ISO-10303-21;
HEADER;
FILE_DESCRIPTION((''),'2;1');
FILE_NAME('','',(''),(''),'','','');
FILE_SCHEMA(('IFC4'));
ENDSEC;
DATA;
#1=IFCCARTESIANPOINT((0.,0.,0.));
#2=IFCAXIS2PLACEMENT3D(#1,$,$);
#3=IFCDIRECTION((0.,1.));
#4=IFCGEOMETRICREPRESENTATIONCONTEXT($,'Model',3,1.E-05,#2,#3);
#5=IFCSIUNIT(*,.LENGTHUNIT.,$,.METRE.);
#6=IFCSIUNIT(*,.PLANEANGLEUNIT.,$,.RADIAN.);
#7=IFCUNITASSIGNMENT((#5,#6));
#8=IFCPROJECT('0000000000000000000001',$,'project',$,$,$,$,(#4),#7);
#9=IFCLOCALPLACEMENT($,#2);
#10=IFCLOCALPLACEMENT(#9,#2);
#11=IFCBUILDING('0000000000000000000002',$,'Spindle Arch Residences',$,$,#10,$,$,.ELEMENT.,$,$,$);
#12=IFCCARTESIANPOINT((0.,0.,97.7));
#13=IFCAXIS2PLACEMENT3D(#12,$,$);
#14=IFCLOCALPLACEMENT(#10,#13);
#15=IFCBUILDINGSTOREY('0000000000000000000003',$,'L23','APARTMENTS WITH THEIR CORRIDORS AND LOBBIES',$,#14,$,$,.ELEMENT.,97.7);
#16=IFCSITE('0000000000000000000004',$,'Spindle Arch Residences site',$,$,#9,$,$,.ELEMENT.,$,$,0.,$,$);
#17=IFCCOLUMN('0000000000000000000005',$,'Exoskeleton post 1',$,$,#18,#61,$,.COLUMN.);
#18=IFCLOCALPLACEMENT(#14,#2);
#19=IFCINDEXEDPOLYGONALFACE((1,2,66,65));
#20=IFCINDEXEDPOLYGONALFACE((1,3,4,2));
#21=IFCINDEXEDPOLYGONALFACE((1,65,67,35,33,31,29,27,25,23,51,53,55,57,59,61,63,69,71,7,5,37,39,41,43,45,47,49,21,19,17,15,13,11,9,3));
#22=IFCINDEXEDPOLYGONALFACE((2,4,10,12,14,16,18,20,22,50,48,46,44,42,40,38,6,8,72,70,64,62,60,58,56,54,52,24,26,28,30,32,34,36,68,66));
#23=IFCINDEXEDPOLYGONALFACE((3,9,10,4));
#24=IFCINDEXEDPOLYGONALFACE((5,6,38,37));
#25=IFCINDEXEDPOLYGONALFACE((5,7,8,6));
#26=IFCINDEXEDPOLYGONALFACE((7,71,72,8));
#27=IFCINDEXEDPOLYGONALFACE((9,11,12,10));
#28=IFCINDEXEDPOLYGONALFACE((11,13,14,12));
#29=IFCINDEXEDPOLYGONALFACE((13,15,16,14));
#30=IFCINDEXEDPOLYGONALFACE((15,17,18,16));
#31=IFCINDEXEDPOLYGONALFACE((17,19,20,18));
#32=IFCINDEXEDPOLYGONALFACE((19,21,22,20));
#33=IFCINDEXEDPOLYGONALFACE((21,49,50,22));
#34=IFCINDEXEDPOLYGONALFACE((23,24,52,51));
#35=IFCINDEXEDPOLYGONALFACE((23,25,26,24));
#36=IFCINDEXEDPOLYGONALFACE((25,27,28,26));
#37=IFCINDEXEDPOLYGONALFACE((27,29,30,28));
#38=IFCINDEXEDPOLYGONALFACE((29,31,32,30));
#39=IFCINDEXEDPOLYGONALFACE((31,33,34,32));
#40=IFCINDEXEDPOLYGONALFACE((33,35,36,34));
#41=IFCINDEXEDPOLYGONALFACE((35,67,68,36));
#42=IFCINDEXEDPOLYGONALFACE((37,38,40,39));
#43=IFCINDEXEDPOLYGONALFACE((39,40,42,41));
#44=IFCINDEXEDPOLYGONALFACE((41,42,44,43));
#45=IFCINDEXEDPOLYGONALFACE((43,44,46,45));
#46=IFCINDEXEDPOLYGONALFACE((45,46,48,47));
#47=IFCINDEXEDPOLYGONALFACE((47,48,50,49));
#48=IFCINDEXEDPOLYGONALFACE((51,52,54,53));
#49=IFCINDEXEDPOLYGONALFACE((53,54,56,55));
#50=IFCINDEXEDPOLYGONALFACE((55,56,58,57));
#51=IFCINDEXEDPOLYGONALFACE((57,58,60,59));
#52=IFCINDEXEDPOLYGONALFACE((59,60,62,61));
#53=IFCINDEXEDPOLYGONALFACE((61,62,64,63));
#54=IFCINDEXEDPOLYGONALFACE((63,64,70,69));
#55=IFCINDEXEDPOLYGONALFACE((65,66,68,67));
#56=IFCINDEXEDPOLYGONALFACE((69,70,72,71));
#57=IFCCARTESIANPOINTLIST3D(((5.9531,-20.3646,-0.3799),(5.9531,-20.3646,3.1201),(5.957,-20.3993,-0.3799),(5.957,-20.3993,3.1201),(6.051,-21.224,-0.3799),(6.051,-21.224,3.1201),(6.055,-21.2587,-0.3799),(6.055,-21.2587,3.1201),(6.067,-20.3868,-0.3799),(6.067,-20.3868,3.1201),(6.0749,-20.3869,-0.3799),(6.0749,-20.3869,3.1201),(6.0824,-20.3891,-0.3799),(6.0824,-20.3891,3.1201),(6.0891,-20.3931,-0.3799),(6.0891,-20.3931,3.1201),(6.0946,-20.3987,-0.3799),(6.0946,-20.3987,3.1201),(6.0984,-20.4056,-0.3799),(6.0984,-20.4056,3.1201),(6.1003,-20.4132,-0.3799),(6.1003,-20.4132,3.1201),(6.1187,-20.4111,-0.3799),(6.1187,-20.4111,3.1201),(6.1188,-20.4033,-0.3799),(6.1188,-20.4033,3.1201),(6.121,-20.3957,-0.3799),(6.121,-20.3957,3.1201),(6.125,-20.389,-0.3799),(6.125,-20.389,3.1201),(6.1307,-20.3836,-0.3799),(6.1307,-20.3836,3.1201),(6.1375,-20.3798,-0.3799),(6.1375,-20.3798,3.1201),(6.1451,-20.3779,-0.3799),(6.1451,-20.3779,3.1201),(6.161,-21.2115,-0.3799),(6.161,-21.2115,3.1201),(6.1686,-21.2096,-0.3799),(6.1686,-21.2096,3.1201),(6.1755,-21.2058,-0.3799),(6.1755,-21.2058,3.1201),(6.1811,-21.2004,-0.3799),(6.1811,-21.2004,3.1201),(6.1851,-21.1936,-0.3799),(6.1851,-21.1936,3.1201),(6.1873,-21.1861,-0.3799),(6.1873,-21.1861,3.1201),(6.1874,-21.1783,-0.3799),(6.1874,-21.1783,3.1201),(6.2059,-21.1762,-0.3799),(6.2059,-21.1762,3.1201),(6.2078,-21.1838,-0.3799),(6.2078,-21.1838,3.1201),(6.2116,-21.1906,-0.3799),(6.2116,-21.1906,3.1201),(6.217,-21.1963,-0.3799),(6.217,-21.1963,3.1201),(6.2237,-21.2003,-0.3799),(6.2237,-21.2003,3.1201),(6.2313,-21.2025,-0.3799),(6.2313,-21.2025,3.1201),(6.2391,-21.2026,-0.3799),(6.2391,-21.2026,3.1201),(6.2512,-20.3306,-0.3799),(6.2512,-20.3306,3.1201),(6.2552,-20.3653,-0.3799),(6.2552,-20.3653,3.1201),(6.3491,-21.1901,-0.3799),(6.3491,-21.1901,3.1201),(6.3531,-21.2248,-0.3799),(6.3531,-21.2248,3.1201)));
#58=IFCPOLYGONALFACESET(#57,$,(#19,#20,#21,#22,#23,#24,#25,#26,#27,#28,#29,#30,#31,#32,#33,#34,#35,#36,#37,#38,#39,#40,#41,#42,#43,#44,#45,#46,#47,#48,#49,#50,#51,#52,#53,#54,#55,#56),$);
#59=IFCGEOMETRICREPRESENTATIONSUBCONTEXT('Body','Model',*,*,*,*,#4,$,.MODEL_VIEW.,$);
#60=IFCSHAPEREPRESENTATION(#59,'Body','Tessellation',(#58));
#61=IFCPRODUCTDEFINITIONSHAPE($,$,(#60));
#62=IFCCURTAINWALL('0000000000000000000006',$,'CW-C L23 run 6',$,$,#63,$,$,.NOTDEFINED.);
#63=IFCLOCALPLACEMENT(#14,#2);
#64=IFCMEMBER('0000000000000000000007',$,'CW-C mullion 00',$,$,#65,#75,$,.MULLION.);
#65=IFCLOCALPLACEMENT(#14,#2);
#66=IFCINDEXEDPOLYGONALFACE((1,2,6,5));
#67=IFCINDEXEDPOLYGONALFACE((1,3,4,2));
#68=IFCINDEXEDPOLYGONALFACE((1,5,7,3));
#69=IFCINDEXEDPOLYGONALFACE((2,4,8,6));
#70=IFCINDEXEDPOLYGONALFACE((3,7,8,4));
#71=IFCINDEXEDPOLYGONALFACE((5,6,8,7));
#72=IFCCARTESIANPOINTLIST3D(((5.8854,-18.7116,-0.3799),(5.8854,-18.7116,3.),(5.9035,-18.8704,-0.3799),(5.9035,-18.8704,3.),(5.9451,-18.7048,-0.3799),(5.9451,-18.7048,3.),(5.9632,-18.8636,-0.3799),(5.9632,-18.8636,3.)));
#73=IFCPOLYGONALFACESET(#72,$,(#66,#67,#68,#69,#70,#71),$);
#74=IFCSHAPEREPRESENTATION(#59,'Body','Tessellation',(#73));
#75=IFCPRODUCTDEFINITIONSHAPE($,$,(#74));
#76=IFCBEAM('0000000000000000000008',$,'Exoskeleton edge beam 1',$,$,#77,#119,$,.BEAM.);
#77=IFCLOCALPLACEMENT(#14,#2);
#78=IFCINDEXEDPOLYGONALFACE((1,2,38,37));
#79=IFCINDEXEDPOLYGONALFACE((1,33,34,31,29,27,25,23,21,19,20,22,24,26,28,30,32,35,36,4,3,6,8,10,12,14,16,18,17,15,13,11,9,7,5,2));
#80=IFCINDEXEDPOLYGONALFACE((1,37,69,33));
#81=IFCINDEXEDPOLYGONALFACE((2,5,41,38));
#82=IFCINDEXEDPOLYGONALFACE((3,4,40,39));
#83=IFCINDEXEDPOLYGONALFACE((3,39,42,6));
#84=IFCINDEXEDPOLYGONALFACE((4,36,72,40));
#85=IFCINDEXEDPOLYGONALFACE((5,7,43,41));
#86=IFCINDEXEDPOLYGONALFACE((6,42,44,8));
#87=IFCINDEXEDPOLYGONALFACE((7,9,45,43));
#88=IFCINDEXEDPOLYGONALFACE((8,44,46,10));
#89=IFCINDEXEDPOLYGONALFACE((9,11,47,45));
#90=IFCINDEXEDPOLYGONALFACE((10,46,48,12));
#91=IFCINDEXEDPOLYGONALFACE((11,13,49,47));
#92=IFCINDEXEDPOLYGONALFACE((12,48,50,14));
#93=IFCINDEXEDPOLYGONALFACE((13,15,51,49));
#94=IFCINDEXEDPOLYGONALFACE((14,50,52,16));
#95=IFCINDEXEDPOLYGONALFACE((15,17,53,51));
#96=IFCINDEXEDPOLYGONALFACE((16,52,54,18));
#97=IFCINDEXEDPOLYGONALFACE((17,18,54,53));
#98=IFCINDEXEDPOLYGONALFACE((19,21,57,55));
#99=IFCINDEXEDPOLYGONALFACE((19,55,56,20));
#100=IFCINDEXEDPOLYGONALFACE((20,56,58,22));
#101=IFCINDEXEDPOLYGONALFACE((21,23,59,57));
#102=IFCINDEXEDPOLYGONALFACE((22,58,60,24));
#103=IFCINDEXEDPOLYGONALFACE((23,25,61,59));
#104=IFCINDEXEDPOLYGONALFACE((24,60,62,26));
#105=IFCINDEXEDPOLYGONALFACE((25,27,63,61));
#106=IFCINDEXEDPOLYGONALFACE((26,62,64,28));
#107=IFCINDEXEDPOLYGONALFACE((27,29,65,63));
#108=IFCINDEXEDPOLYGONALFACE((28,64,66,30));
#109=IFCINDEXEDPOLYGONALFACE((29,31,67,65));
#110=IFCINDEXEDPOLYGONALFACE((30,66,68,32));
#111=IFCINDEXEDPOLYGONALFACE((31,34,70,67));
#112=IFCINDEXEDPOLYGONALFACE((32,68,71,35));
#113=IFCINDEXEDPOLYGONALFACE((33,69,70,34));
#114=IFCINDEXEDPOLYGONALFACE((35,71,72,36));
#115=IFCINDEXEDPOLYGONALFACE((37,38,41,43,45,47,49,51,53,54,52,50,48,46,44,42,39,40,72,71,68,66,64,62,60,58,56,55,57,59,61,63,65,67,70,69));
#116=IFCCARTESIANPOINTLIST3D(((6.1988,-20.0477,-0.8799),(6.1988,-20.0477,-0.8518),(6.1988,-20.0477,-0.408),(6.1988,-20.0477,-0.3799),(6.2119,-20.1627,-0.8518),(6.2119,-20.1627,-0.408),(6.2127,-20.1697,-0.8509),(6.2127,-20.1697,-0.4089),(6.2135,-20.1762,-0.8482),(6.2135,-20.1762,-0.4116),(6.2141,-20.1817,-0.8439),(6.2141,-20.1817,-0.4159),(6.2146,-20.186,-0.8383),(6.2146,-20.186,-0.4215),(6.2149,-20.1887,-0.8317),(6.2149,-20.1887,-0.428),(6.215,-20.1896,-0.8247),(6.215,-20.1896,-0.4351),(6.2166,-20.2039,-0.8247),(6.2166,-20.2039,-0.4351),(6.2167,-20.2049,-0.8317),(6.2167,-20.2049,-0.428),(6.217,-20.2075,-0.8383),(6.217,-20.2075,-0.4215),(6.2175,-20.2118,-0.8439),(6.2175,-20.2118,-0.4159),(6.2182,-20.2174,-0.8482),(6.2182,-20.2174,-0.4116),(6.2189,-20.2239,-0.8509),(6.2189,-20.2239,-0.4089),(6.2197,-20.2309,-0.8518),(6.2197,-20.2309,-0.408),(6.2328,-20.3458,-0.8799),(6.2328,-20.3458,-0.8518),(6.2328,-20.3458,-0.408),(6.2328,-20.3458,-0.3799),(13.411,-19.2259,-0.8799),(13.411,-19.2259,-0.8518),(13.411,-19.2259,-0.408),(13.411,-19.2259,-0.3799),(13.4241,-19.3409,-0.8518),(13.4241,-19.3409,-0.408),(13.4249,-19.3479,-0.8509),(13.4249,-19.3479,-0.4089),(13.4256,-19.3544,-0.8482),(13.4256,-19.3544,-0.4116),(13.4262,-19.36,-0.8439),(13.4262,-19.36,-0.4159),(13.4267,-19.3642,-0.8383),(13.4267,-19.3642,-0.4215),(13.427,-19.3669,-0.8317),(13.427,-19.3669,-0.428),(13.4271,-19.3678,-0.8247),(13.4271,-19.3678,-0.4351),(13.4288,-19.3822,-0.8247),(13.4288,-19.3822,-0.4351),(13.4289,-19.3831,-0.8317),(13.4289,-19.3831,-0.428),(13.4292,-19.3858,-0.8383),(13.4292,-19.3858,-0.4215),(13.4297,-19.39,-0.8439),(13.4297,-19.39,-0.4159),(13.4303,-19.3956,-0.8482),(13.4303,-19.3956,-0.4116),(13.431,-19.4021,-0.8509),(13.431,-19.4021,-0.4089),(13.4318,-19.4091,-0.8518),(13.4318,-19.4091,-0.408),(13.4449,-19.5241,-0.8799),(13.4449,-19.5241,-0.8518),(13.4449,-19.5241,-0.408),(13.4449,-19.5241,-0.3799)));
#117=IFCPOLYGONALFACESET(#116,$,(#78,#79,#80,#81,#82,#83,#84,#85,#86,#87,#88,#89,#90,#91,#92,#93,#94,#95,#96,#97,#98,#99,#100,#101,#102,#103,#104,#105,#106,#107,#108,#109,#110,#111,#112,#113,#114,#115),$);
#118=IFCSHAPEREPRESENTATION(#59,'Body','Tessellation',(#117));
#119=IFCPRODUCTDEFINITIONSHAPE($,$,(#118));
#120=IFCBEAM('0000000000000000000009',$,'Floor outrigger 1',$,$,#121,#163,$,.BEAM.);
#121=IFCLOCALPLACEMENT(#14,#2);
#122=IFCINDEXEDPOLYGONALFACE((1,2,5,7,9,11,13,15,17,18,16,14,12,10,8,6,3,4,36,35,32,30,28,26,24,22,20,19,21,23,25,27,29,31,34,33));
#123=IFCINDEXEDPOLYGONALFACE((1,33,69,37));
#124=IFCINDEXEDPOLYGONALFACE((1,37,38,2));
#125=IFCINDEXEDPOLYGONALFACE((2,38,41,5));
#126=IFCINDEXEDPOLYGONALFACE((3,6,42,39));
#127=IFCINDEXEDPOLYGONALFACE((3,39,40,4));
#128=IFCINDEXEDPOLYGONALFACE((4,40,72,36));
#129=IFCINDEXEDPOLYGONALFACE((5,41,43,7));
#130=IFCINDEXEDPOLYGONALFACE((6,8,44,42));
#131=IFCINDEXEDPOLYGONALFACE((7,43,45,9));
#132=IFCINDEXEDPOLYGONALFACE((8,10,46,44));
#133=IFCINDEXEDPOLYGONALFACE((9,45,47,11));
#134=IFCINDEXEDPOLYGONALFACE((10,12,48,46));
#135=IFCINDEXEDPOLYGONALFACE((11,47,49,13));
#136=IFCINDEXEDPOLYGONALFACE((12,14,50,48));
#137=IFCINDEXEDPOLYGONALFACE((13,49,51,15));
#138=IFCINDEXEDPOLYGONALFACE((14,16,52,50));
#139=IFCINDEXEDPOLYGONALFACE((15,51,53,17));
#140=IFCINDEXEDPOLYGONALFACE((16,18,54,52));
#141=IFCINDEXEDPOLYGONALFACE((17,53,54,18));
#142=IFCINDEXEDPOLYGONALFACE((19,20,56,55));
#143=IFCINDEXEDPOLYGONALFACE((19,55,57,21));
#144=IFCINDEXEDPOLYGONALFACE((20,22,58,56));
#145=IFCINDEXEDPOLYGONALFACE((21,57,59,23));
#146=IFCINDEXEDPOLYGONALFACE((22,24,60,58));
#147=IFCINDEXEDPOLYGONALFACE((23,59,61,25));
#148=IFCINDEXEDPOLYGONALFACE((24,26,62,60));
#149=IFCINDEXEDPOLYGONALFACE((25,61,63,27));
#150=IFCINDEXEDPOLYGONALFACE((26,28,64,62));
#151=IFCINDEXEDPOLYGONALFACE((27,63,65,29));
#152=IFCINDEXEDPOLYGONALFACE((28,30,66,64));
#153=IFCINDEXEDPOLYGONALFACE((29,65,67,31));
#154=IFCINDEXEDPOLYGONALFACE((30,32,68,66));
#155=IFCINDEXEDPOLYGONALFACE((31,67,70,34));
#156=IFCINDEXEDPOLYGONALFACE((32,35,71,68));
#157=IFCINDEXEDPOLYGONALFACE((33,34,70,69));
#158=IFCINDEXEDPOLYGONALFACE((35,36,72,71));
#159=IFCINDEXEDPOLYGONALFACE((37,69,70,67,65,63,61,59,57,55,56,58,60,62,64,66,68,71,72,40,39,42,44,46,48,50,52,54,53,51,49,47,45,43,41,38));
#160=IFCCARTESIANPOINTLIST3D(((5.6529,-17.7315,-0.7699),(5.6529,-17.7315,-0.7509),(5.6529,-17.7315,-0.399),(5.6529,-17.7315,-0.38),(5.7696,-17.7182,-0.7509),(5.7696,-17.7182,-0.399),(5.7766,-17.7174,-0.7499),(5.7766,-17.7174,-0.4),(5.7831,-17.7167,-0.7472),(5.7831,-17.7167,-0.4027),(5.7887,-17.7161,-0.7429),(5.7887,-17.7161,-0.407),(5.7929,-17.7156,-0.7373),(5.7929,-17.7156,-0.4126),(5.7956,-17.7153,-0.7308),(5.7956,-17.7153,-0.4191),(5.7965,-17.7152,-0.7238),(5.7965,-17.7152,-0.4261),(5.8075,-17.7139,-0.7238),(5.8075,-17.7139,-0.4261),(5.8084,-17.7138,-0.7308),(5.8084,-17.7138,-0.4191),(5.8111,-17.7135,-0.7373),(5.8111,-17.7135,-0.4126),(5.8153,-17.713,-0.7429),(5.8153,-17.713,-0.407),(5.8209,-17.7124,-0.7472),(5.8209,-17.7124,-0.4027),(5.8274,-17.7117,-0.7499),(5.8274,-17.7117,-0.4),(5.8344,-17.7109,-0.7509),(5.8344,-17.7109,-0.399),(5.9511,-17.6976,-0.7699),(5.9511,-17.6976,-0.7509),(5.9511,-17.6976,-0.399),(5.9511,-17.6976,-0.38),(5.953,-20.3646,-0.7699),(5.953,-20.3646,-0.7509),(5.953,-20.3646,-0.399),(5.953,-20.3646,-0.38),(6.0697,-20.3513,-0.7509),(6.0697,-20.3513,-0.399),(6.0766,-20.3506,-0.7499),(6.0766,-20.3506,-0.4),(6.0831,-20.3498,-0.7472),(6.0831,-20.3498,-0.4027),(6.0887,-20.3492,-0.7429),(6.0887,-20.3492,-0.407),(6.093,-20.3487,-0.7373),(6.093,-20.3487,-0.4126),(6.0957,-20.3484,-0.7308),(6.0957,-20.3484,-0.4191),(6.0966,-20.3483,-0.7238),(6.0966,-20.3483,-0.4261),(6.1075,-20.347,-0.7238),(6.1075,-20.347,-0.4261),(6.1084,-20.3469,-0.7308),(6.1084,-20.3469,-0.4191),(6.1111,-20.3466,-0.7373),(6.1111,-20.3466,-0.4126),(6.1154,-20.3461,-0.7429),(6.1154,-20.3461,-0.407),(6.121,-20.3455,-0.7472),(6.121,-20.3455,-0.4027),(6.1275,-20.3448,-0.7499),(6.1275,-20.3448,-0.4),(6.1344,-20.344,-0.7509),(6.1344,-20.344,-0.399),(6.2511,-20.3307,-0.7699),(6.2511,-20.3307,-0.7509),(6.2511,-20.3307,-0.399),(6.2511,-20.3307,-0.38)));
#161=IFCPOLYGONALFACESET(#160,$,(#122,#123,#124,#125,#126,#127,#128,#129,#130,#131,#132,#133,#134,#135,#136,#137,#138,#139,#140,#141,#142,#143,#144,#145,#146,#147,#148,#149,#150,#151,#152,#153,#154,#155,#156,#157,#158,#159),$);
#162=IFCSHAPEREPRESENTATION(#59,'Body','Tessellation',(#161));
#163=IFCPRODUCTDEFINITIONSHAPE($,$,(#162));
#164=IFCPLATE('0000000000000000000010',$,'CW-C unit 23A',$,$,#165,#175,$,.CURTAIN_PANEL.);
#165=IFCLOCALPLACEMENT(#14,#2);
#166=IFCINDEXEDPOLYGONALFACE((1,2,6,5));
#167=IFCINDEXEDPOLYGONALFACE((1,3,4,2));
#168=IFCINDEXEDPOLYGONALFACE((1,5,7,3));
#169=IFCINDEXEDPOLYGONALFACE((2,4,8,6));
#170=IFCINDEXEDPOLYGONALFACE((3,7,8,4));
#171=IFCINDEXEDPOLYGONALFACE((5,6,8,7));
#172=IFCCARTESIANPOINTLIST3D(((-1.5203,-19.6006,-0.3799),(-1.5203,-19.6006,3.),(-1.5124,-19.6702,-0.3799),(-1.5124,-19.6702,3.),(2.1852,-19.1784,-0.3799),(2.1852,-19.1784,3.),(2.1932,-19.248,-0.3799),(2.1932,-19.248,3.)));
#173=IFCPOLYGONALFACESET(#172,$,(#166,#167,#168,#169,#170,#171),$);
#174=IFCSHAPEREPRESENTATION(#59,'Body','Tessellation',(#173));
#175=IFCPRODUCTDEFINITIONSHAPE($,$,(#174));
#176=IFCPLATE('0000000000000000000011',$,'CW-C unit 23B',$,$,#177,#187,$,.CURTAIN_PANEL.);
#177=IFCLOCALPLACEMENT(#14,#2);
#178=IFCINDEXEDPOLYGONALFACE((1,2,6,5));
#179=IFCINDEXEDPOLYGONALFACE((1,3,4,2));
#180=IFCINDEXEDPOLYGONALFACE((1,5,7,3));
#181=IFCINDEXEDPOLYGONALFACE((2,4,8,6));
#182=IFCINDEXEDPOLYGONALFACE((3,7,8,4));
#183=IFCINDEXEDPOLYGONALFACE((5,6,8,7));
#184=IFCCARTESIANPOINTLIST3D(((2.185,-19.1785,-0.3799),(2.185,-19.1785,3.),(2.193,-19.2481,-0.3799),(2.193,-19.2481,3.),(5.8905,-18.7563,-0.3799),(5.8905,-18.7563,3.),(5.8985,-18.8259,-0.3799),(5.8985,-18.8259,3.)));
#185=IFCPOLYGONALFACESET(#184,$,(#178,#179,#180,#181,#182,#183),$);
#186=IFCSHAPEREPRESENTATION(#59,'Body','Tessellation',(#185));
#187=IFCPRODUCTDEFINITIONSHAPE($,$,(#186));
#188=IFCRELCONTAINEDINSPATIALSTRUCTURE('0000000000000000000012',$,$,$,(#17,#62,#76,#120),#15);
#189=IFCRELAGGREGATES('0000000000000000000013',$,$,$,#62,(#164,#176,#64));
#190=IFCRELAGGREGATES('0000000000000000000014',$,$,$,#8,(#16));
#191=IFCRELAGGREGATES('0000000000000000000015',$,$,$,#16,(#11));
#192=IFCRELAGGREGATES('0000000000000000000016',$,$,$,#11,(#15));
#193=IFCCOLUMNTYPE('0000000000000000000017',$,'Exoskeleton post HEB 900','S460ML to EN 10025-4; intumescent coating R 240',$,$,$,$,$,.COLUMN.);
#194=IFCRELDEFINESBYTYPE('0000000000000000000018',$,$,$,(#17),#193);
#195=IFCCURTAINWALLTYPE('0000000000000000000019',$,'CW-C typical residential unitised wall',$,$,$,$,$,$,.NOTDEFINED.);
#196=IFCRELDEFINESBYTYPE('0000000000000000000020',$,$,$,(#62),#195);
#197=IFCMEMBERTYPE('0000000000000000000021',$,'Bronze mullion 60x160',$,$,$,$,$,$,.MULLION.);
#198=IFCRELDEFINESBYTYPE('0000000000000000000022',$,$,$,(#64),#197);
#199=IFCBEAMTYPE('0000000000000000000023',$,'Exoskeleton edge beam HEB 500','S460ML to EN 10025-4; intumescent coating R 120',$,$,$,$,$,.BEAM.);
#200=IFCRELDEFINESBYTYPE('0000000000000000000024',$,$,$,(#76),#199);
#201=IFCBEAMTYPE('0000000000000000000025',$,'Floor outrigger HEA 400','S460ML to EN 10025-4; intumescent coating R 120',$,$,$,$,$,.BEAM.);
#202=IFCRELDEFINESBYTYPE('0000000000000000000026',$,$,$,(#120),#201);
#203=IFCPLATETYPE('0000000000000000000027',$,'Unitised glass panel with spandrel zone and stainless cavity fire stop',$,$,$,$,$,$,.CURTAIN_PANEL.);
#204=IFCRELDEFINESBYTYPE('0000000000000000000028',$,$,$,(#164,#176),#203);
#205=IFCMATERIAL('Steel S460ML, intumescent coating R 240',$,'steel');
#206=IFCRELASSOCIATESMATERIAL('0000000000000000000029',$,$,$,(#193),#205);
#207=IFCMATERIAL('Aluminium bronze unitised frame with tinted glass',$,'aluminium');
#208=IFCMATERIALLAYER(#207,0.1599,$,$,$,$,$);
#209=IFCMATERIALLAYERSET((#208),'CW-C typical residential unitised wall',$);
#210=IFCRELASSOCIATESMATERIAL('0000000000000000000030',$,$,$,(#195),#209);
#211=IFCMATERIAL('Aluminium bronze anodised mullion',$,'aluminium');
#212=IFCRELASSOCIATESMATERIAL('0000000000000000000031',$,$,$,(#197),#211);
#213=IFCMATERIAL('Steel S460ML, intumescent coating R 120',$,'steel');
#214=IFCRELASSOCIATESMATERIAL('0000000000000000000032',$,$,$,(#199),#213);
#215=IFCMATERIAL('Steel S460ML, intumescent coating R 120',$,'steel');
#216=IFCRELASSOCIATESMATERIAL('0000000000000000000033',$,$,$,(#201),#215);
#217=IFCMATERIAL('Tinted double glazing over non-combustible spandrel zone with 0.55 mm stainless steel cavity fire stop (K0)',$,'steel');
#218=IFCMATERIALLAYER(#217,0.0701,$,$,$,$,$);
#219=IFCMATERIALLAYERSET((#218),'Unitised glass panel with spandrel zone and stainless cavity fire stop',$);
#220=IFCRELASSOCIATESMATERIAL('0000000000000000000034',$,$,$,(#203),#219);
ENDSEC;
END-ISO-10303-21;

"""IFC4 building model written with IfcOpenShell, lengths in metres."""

from ifc_helpers import new_model, si_unit, direction, frame, origin, origin_2d, place, context, subcontext, project, spatial, rectangle, i_section, extrude, material, layer, layer_set, material_profile, profile_set, type_object, element, aggregate, save


model = new_model("IFC4")

# Units and contexts
model_context = context("Model", 3, precision=1e-05, world=origin(), true_north=direction((0.0, 1.0)))
body_context = subcontext(model_context, "Body", "Model", "MODEL_VIEW")
ifc_project = project(units=[si_unit("LENGTHUNIT", "METRE"), si_unit("PLANEANGLEUNIT", "RADIAN")], contexts=[model_context])

# Site, building, storey
site_placement = place(None, origin())
site = spatial("IfcSite", under=ifc_project, at=site_placement, Name="Spindle Arch Residences site", CompositionType="ELEMENT", RefElevation=0.0)
building_placement = place(site_placement, origin())
building = spatial("IfcBuilding", under=site, at=building_placement, Name="Spindle Arch Residences", CompositionType="ELEMENT")
storey_placement = place(building_placement, frame((0.0, 0.0, 97.7)))
storey = spatial("IfcBuildingStorey", under=building, at=storey_placement, Name="L23", Description="APARTMENTS WITH THEIR CORRIDORS AND LOBBIES", CompositionType="ELEMENT", Elevation=97.7)

# Column
ifc_material_1 = material(Name="Steel S460ML, intumescent coating R 240", Category="steel")
ifc_material_profile_1 = material_profile(ifc_material_1, i_section(OverallWidth=0.3, OverallDepth=0.8999, WebThickness=0.0186, FlangeThickness=0.0349, FilletRadius=0.03, at=origin_2d()), Name="HEB 900")
ifc_profile_set_1 = profile_set([ifc_material_profile_1], Name="Steel S460ML, intumescent coating R 240")
column_type = type_object("IfcColumnType", Name="Exoskeleton post HEB 900", Description="S460ML to EN 10025-4; intumescent coating R 240", PredefinedType="COLUMN", material=ifc_profile_set_1)
column_placement = place(storey_placement, frame((6.1531, -20.7947, -0.3799), z_axis=(0.0, 0.0, 1.0), x_axis=(-0.993572, -0.113203, 0.0)))
element("IfcColumn", 1, at=column_placement, inside=storey, type_object=column_type, Name="Exoskeleton post 1", PredefinedType="COLUMN", context=body_context, shape_type="SweptSolid", body=[
    extrude(i_section(OverallWidth=0.3, OverallDepth=0.8999, WebThickness=0.0186, FlangeThickness=0.0349, FilletRadius=0.03, at=origin_2d()), origin(), (0.0, 0.0, 1.0), 3.5),
])

# Curtain wall, member
ifc_material_2 = material(Name="Aluminium bronze unitised frame with tinted glass", Category="aluminium")
ifc_layer_1 = layer(ifc_material_2, 0.1599)
ifc_layer_set_1 = layer_set([ifc_layer_1], Name="CW-C typical residential unitised wall")
curtain_wall_type = type_object("IfcCurtainWallType", Name="CW-C typical residential unitised wall", PredefinedType="NOTDEFINED", material=ifc_layer_set_1)
curtain_wall_placement = place(storey_placement, origin())
curtain_wall = element("IfcCurtainWall", 2, at=curtain_wall_placement, inside=storey, type_object=curtain_wall_type, Name="CW-C L23 run 6", PredefinedType="NOTDEFINED")
ifc_material_3 = material(Name="Aluminium bronze anodised mullion", Category="aluminium")
ifc_material_profile_2 = material_profile(ifc_material_3, rectangle(XDim=0.1599, YDim=0.0601, at=origin_2d()), Name="MU 60x160")
ifc_profile_set_2 = profile_set([ifc_material_profile_2], Name="Aluminium bronze anodised mullion")
member_type = type_object("IfcMemberType", Name="Bronze mullion 60x160", PredefinedType="MULLION", material=ifc_profile_set_2)
member_placement = place(storey_placement, frame((5.9243, -18.7876, -0.3799), z_axis=(0.0, 0.0, 1.0), x_axis=(-0.113203, 0.993572, 0.0)))
member = element("IfcMember", 3, at=member_placement, type_object=member_type, Name="CW-C mullion 00", PredefinedType="MULLION", context=body_context, shape_type="SweptSolid", body=[
    extrude(rectangle(XDim=0.1599, YDim=0.0601, at=origin_2d()), origin(), (0.0, 0.0, 1.0), 3.3799),
])

# Beams
ifc_material_4 = material(Name="Steel S460ML, intumescent coating R 120", Category="steel")
ifc_material_profile_3 = material_profile(ifc_material_4, i_section(OverallWidth=0.3, OverallDepth=0.5, WebThickness=0.0144, FlangeThickness=0.0281, FilletRadius=0.0271, at=origin_2d()), Name="HEB 500")
ifc_profile_set_3 = profile_set([ifc_material_profile_3], Name="Steel S460ML, intumescent coating R 120")
beam_type_1 = type_object("IfcBeamType", Name="Exoskeleton edge beam HEB 500", Description="S460ML to EN 10025-4; intumescent coating R 120", PredefinedType="BEAM", material=ifc_profile_set_3)
beam_1_placement = place(storey_placement, frame((6.2158, -20.1968, -0.6299), z_axis=(0.993571, 0.113211, 0.0), x_axis=(-0.113211, 0.993571, 0.0)))
element("IfcBeam", 4, at=beam_1_placement, inside=storey, type_object=beam_type_1, Name="Exoskeleton edge beam 1", PredefinedType="BEAM", context=body_context, shape_type="SweptSolid", body=[
    extrude(i_section(OverallWidth=0.3, OverallDepth=0.5, WebThickness=0.0144, FlangeThickness=0.0281, FilletRadius=0.0271, at=origin_2d()), origin(), (0.0, 0.0, 1.0), 7.2588),
])
ifc_material_5 = material(Name="Steel S460ML, intumescent coating R 120", Category="steel")
ifc_material_profile_4 = material_profile(ifc_material_5, i_section(OverallWidth=0.3, OverallDepth=0.3899, WebThickness=0.011, FlangeThickness=0.019, FilletRadius=0.0271, at=origin_2d()), Name="HEA 400")
ifc_profile_set_4 = profile_set([ifc_material_profile_4], Name="Steel S460ML, intumescent coating R 120")
beam_type_2 = type_object("IfcBeamType", Name="Floor outrigger HEA 400", Description="S460ML to EN 10025-4; intumescent coating R 120", PredefinedType="BEAM", material=ifc_profile_set_4)
beam_2_placement = place(storey_placement, frame((6.1021, -20.3477, -0.575), z_axis=(-0.113222, 0.99357, 0.0), x_axis=(-0.99357, -0.113222, 0.0)))
element("IfcBeam", 5, at=beam_2_placement, inside=storey, type_object=beam_type_2, Name="Floor outrigger 1", PredefinedType="BEAM", context=body_context, shape_type="SweptSolid", body=[
    extrude(i_section(OverallWidth=0.3, OverallDepth=0.3899, WebThickness=0.011, FlangeThickness=0.019, FilletRadius=0.0271, at=origin_2d()), origin(), (0.0, 0.0, 1.0), 2.6501),
])

# Plates
ifc_material_6 = material(Name="Tinted double glazing over non-combustible spandrel zone with 0.55 mm stainless steel cavity fire stop (K0)", Category="steel")
ifc_layer_2 = layer(ifc_material_6, 0.0701)
ifc_layer_set_2 = layer_set([ifc_layer_2], Name="Unitised glass panel with spandrel zone and stainless cavity fire stop")
plate_type = type_object("IfcPlateType", Name="Unitised glass panel with spandrel zone and stainless cavity fire stop", PredefinedType="CURTAIN_PANEL", material=ifc_layer_set_2)
plate_1_placement = place(storey_placement, frame((0.3364, -19.4243, -0.3799), z_axis=(0.0, 0.0, 1.0), x_axis=(0.993572, 0.113203, 0.0)))
plate_1 = element("IfcPlate", 6, at=plate_1_placement, type_object=plate_type, Name="CW-C unit 23A", PredefinedType="CURTAIN_PANEL", context=body_context, shape_type="SweptSolid", body=[
    extrude(rectangle(XDim=3.7295, YDim=0.0701, at=origin_2d()), origin(), (0.0, 0.0, 1.0), 3.3799),
])
plate_2_placement = place(storey_placement, frame((4.0417, -19.0022, -0.3799), z_axis=(0.0, 0.0, 1.0), x_axis=(0.993572, 0.113203, 0.0)))
plate_2 = element("IfcPlate", 7, at=plate_2_placement, type_object=plate_type, Name="CW-C unit 23B", PredefinedType="CURTAIN_PANEL", context=body_context, shape_type="SweptSolid", body=[
    extrude(rectangle(XDim=3.7295, YDim=0.0701, at=origin_2d()), origin(), (0.0, 0.0, 1.0), 3.3799),
])
aggregate(curtain_wall, [plate_1, plate_2, member])

save(model, "model.ifc")
